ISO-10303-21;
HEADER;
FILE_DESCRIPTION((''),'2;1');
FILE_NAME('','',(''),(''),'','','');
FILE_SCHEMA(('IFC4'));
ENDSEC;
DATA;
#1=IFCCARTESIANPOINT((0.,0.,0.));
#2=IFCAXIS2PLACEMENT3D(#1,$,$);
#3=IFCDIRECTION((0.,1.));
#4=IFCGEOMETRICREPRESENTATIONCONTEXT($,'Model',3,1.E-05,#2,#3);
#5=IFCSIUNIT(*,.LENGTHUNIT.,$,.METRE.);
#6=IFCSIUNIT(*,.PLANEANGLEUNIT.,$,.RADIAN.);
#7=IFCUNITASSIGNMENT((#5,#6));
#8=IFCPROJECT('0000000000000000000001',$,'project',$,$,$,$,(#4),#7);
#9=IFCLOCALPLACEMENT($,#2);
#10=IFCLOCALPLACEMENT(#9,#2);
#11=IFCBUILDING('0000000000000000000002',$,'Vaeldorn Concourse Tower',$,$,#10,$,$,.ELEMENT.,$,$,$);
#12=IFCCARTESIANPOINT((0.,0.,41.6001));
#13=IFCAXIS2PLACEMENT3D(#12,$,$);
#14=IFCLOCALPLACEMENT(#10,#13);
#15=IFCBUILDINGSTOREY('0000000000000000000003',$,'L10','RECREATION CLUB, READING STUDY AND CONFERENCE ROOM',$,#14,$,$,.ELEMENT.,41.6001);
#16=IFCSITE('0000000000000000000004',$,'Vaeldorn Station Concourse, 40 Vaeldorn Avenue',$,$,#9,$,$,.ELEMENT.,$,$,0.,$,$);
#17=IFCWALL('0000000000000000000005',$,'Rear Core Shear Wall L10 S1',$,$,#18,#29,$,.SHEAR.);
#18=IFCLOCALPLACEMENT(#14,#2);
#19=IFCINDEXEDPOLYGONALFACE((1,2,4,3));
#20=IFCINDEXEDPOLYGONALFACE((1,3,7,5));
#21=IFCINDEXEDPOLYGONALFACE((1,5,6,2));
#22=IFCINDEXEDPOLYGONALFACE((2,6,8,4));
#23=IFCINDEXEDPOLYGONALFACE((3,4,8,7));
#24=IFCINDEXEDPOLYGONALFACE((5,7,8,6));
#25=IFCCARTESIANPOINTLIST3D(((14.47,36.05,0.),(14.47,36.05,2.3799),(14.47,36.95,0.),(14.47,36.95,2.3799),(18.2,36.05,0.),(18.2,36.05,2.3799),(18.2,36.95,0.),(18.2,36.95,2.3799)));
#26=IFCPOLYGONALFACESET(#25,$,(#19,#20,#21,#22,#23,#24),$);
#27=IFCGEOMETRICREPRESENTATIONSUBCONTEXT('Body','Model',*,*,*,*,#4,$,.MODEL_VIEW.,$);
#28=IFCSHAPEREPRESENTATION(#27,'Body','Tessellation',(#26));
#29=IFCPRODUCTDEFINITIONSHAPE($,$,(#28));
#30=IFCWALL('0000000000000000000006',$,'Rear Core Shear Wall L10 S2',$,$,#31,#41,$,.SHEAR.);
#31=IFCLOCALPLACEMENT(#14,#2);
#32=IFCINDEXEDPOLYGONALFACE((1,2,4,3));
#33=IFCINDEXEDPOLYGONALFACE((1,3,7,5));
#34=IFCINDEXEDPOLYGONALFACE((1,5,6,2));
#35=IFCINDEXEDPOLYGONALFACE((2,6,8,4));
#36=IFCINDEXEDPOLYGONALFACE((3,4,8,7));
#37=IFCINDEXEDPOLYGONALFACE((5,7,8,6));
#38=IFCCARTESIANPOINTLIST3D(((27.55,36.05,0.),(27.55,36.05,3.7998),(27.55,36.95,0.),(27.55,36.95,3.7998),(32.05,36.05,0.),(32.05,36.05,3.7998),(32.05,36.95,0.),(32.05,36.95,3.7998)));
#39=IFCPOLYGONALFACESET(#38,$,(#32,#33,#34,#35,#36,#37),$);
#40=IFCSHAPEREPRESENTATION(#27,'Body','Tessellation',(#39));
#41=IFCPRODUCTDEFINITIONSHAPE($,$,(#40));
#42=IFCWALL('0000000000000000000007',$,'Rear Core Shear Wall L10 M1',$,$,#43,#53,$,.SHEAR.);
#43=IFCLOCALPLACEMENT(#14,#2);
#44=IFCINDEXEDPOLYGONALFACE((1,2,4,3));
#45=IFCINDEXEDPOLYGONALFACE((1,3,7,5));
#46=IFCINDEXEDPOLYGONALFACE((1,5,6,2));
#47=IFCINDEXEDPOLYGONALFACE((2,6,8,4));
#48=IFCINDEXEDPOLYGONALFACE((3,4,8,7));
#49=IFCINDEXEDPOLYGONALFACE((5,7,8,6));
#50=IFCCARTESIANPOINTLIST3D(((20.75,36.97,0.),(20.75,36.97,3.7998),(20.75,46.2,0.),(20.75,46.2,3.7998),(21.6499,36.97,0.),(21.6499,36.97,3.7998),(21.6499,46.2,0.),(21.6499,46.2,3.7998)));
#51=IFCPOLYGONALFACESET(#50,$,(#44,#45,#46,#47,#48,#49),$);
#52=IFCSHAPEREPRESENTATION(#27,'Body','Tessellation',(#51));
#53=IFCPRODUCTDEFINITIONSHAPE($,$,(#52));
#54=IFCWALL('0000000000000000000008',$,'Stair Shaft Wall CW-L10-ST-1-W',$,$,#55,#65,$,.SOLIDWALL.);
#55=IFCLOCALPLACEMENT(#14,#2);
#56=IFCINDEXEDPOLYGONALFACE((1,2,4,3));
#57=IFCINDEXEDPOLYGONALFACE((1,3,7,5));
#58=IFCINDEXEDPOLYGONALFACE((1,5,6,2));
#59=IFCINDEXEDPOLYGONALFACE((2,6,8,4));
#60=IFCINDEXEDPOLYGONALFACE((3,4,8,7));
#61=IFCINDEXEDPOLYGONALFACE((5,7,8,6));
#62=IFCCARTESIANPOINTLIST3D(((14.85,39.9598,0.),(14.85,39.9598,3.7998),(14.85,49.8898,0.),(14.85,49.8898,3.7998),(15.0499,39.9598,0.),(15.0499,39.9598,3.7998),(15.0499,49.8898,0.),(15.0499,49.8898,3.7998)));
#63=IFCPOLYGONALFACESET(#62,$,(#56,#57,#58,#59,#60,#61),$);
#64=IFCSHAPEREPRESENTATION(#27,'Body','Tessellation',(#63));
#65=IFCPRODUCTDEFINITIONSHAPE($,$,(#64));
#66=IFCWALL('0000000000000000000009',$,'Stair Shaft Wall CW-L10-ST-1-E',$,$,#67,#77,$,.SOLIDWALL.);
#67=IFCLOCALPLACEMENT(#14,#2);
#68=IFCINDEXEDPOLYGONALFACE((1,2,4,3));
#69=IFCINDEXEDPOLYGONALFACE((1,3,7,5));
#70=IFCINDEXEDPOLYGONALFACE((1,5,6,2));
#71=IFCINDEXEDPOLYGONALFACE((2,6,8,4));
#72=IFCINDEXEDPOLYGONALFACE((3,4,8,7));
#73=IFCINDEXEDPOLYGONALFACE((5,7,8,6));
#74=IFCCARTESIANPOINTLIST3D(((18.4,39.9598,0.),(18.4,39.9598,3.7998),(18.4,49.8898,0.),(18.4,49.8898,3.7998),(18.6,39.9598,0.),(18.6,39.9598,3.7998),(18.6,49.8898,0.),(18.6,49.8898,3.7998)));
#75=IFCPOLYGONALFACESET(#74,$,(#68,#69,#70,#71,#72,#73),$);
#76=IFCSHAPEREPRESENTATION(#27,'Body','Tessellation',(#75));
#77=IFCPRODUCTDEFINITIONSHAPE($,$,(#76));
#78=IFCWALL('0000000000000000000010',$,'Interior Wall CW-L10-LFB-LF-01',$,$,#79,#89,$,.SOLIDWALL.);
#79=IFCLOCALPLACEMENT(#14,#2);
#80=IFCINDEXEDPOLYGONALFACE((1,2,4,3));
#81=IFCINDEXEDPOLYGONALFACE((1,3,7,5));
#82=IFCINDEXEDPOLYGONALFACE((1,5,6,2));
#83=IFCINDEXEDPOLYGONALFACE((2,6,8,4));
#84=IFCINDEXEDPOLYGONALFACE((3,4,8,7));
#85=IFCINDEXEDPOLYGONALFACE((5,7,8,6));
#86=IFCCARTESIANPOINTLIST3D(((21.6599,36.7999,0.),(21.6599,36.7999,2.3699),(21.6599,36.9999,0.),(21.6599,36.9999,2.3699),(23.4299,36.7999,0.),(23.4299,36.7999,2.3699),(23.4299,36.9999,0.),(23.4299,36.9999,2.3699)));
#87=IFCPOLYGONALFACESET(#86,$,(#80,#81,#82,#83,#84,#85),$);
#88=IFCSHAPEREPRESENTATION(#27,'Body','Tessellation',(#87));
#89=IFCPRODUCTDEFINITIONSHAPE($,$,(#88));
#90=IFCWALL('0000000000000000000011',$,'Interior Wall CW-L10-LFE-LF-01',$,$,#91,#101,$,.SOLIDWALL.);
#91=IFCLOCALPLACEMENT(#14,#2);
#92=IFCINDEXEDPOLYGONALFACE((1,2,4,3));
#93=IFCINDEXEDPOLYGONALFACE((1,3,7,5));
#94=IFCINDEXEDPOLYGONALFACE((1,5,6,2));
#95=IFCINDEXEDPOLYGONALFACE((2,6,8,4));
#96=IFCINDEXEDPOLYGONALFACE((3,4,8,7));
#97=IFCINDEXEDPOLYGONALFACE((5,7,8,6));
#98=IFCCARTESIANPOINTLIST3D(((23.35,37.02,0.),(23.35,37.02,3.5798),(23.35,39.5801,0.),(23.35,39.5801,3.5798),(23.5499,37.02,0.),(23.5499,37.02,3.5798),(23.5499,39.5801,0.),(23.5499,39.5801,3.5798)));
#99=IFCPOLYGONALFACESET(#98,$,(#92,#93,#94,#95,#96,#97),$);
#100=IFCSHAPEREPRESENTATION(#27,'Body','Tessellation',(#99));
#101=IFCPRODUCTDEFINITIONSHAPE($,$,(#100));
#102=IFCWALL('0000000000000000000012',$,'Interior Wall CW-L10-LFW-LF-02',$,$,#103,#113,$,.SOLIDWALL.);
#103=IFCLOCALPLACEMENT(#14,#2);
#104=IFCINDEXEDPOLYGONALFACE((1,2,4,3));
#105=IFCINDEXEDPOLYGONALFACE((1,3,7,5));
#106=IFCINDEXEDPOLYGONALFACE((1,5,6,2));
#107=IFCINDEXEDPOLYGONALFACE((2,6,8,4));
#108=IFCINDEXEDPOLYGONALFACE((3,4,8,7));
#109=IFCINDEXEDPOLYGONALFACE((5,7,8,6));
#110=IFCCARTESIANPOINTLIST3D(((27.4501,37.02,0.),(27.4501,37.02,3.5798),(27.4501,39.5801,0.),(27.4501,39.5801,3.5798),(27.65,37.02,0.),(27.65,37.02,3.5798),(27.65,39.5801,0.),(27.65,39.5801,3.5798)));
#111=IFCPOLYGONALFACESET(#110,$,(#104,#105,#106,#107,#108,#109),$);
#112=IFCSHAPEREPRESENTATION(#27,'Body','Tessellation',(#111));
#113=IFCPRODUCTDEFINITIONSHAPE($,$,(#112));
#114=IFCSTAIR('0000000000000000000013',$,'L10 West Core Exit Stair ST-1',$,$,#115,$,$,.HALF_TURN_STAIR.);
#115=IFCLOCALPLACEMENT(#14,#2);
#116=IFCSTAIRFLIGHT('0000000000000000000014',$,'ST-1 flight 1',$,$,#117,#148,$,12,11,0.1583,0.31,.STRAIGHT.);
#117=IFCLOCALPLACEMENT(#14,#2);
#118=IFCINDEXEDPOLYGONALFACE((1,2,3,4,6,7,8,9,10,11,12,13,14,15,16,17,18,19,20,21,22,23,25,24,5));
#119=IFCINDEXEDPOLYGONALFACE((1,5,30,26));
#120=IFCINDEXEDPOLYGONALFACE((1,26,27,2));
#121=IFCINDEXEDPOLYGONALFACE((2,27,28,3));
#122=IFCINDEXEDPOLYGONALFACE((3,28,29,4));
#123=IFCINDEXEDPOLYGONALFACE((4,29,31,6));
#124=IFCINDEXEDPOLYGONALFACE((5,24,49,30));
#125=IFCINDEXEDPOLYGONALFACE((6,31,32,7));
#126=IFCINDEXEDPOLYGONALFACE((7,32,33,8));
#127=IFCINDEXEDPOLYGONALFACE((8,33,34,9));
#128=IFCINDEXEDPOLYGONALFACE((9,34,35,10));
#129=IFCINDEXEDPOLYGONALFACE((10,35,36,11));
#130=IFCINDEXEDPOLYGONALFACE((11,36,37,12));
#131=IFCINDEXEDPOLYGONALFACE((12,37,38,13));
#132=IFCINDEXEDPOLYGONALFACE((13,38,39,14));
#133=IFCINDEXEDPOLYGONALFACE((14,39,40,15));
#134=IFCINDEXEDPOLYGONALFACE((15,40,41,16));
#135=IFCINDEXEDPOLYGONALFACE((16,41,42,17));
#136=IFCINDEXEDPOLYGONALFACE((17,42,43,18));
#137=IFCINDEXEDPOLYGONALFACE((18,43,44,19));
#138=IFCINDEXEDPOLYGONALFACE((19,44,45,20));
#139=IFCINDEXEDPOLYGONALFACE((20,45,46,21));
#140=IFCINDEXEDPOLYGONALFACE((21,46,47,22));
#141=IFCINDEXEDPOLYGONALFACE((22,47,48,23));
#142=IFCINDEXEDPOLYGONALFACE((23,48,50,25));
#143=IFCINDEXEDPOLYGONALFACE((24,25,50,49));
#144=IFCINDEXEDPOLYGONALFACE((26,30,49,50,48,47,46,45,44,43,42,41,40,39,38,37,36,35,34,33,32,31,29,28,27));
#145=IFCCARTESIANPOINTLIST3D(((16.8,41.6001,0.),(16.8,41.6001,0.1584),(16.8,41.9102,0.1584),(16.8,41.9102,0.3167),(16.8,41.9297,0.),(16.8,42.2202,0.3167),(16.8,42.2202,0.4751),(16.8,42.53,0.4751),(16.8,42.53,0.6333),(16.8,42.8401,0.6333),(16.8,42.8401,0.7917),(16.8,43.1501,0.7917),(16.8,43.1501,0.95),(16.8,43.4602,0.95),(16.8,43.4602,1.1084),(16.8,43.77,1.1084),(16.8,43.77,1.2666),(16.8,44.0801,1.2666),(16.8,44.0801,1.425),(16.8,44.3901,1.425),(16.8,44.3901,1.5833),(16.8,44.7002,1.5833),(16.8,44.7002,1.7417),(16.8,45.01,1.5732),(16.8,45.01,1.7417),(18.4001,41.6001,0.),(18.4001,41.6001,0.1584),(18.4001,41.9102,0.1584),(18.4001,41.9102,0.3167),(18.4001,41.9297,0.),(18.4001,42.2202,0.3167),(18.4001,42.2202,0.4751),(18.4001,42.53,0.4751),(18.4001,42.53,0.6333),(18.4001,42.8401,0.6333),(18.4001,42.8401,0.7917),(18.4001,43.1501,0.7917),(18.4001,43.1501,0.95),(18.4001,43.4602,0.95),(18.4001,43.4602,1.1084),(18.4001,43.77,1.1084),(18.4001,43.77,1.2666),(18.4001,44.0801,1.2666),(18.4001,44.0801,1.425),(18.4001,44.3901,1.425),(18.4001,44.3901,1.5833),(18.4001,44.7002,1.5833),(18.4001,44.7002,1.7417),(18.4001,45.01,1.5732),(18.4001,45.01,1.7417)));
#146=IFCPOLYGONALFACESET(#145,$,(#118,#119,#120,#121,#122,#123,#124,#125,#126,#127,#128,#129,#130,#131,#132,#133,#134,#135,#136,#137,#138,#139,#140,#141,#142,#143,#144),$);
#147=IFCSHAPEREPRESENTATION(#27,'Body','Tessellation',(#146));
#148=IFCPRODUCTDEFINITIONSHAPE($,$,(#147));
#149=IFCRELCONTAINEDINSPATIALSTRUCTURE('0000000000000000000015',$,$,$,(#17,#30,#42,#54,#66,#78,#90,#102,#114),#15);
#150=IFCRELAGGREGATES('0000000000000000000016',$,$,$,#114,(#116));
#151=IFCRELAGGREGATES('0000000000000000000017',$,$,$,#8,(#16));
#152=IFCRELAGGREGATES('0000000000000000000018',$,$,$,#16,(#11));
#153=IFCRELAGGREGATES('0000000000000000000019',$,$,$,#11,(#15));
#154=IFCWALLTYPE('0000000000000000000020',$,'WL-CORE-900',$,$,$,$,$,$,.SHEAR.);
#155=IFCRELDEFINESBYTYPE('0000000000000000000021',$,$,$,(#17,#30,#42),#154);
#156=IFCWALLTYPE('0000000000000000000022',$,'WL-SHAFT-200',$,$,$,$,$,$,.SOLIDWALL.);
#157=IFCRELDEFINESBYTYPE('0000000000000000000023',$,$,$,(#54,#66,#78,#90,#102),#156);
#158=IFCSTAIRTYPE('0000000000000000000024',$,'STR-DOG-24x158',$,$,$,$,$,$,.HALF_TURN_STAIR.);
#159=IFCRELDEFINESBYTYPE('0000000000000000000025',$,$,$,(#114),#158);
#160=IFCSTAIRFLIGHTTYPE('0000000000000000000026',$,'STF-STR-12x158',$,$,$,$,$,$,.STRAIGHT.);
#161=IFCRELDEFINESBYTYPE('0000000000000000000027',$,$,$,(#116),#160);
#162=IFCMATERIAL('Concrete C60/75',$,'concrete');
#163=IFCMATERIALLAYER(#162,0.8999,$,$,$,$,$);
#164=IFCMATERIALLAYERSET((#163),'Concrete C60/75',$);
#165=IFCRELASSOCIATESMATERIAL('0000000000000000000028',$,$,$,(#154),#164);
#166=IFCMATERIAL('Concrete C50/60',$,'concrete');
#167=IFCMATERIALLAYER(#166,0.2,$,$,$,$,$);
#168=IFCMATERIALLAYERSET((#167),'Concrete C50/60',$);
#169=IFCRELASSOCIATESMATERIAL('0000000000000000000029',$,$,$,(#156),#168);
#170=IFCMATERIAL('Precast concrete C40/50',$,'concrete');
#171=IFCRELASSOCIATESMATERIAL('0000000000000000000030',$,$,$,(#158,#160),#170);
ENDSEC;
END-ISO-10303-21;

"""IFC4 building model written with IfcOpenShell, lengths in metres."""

from ifc_helpers import new_model, si_unit, direction, frame, frame_2d, origin, place, context, subcontext, project, spatial, polyline, rectangle, outline, extrude, material, layer, layer_set, type_object, element, aggregate, save


model = new_model("IFC4")

# Units and contexts
model_context = context("Model", 3, precision=1e-05, world=origin(), true_north=direction((0.0, 1.0)))
body_context = subcontext(model_context, "Body", "Model", "MODEL_VIEW")
ifc_project = project(units=[si_unit("LENGTHUNIT", "METRE"), si_unit("PLANEANGLEUNIT", "RADIAN")], contexts=[model_context])

# Site, building, storey
site_placement = place(None, origin())
site = spatial("IfcSite", under=ifc_project, at=site_placement, Name="Vaeldorn Station Concourse, 40 Vaeldorn Avenue", CompositionType="ELEMENT", RefElevation=0.0)
building_placement = place(site_placement, origin())
building = spatial("IfcBuilding", under=site, at=building_placement, Name="Vaeldorn Concourse Tower", CompositionType="ELEMENT")
storey_placement = place(building_placement, frame((0.0, 0.0, 41.6001)))
storey = spatial("IfcBuildingStorey", under=building, at=storey_placement, Name="L10", Description="RECREATION CLUB, READING STUDY AND CONFERENCE ROOM", CompositionType="ELEMENT", Elevation=41.6001)

# Walls
ifc_material_1 = material(Name="Concrete C60/75", Category="concrete")
ifc_layer_1 = layer(ifc_material_1, 0.8999)
ifc_layer_set_1 = layer_set([ifc_layer_1], Name="Concrete C60/75")
wall_type_1 = type_object("IfcWallType", Name="WL-CORE-900", PredefinedType="SHEAR", material=ifc_layer_set_1)
wall_1_placement = place(storey_placement, frame((14.47, 36.5, 0.0), z_axis=(0.0, 0.0, 1.0), x_axis=(1.0, 0.0, 0.0)))
element("IfcWall", 1, at=wall_1_placement, inside=storey, type_object=wall_type_1, Name="Rear Core Shear Wall L10 S1", PredefinedType="SHEAR", context=body_context, shape_type="SweptSolid", body=[
    extrude(rectangle(XDim=3.73, YDim=0.8999, at=frame_2d((1.865, 0.0))), origin(), (0.0, 0.0, 1.0), 2.3799),
])
wall_2_placement = place(storey_placement, frame((27.55, 36.5, 0.0), z_axis=(0.0, 0.0, 1.0), x_axis=(1.0, 0.0, 0.0)))
element("IfcWall", 2, at=wall_2_placement, inside=storey, type_object=wall_type_1, Name="Rear Core Shear Wall L10 S2", PredefinedType="SHEAR", context=body_context, shape_type="SweptSolid", body=[
    extrude(rectangle(XDim=4.5, YDim=0.8999, at=frame_2d((2.25, 0.0))), origin(), (0.0, 0.0, 1.0), 3.7998),
])
wall_3_placement = place(storey_placement, frame((21.2, 36.97, 0.0), z_axis=(0.0, 0.0, 1.0), x_axis=(0.0, 1.0, 0.0)))
element("IfcWall", 3, at=wall_3_placement, inside=storey, type_object=wall_type_1, Name="Rear Core Shear Wall L10 M1", PredefinedType="SHEAR", context=body_context, shape_type="SweptSolid", body=[
    extrude(rectangle(XDim=9.23, YDim=0.8999, at=frame_2d((4.615, 0.0))), origin(), (0.0, 0.0, 1.0), 3.7998),
])

# Shared definitions
ifc_material_2 = material(Name="Concrete C50/60", Category="concrete")
ifc_layer_2 = layer(ifc_material_2, 0.2)
ifc_layer_set_2 = layer_set([ifc_layer_2], Name="Concrete C50/60")
wall_type_2 = type_object("IfcWallType", Name="WL-SHAFT-200", PredefinedType="SOLIDWALL", material=ifc_layer_set_2)

# Walls
for number, where, z_axis, x_axis, name in (
    (4, (14.95, 39.96, 0.0), (0.0, 0.0, 1.0), (0.0, 1.0, 0.0), "Stair Shaft Wall CW-L10-ST-1-W"),
    (5, (18.5, 39.96, 0.0), (0.0, 0.0, 1.0), (0.0, 1.0, 0.0), "Stair Shaft Wall CW-L10-ST-1-E"),
):
    element("IfcWall", number, at=place(storey_placement, frame(where, z_axis=z_axis, x_axis=x_axis)), inside=storey, type_object=wall_type_2, Name=name, PredefinedType="SOLIDWALL", context=body_context, shape_type="SweptSolid", body=[
        extrude(rectangle(XDim=9.9299, YDim=0.2, at=frame_2d((4.9648, 0.0))), origin(), (0.0, 0.0, 1.0), 3.7998),
    ])

# Walls
wall_4_placement = place(storey_placement, frame((21.6599, 36.8999, 0.0), z_axis=(0.0, 0.0, 1.0), x_axis=(1.0, 0.0, 0.0)))
element("IfcWall", 6, at=wall_4_placement, inside=storey, type_object=wall_type_2, Name="Interior Wall CW-L10-LFB-LF-01", PredefinedType="SOLIDWALL", context=body_context, shape_type="SweptSolid", body=[
    extrude(rectangle(XDim=1.77, YDim=0.2, at=frame_2d((0.885, 0.0))), origin(), (0.0, 0.0, 1.0), 2.3699),
])
wall_5_placement = place(storey_placement, frame((23.45, 37.02, 0.0), z_axis=(0.0, 0.0, 1.0), x_axis=(0.0, 1.0, 0.0)))
element("IfcWall", 7, at=wall_5_placement, inside=storey, type_object=wall_type_2, Name="Interior Wall CW-L10-LFE-LF-01", PredefinedType="SOLIDWALL", context=body_context, shape_type="SweptSolid", body=[
    extrude(rectangle(XDim=2.5601, YDim=0.2, at=frame_2d((1.28, 0.0))), origin(), (0.0, 0.0, 1.0), 3.5798),
])

# Wall
wall_6_placement = place(storey_placement, frame((27.55, 37.02, 0.0), z_axis=(0.0, 0.0, 1.0), x_axis=(0.0, 1.0, 0.0)))
element("IfcWall", 8, at=wall_6_placement, inside=storey, type_object=wall_type_2, Name="Interior Wall CW-L10-LFW-LF-02", PredefinedType="SOLIDWALL", context=body_context, shape_type="SweptSolid", body=[
    extrude(rectangle(XDim=2.5601, YDim=0.2, at=frame_2d((1.28, 0.0))), origin(), (0.0, 0.0, 1.0), 3.5798),
])

# Stair, stair flight
ifc_material_3 = material(Name="Precast concrete C40/50", Category="concrete")
stair_type = type_object("IfcStairType", Name="STR-DOG-24x158", PredefinedType="HALF_TURN_STAIR", material=ifc_material_3)
stair_placement = place(storey_placement, origin())
stair = element("IfcStair", 9, at=stair_placement, inside=storey, type_object=stair_type, Name="L10 West Core Exit Stair ST-1", PredefinedType="HALF_TURN_STAIR")
stair_flight_type = type_object("IfcStairFlightType", Name="STF-STR-12x158", PredefinedType="STRAIGHT", material=ifc_material_3)
stair_flight_placement = place(storey_placement, frame((17.6001, 41.6001, 0.0), z_axis=(0.0, 0.0, 1.0), x_axis=(0.0, 1.0, 0.0)))
stair_flight = element("IfcStairFlight", 10, at=stair_flight_placement, type_object=stair_flight_type, Name="ST-1 flight 1", NumberOfRisers=12, NumberOfTreads=11, PredefinedType="STRAIGHT", RiserHeight=0.1583, TreadLength=0.31, context=body_context, shape_type="SweptSolid", body=[
    extrude(outline(polyline([(0.0, 0.0), (0.0, 0.1584), (0.3101, 0.1584), (0.3101, 0.3167), (0.6201, 0.3167), (0.6201, 0.4751), (0.9299, 0.4751), (0.9299, 0.6333), (1.24, 0.6333), (1.24, 0.7917), (1.55, 0.7917), (1.55, 0.95), (1.8601, 0.95), (1.8601, 1.1084), (2.1699, 1.1084), (2.1699, 1.2666), (2.48, 1.2666), (2.48, 1.425), (2.79, 1.425), (2.79, 1.5833), (3.1001, 1.5833), (3.1001, 1.7417), (3.4099, 1.7417), (3.4099, 1.8999), (3.4099, 1.5732), (0.3296, 0.0), (0.0, 0.0)])), frame((0.0, 0.8, 0.0), z_axis=(0.0, -1.0, 0.0), x_axis=(1.0, 0.0, 0.0)), (0.0, 0.0, 1.0), 1.6001),
])
aggregate(stair, [stair_flight])

save(model, "model.ifc")
